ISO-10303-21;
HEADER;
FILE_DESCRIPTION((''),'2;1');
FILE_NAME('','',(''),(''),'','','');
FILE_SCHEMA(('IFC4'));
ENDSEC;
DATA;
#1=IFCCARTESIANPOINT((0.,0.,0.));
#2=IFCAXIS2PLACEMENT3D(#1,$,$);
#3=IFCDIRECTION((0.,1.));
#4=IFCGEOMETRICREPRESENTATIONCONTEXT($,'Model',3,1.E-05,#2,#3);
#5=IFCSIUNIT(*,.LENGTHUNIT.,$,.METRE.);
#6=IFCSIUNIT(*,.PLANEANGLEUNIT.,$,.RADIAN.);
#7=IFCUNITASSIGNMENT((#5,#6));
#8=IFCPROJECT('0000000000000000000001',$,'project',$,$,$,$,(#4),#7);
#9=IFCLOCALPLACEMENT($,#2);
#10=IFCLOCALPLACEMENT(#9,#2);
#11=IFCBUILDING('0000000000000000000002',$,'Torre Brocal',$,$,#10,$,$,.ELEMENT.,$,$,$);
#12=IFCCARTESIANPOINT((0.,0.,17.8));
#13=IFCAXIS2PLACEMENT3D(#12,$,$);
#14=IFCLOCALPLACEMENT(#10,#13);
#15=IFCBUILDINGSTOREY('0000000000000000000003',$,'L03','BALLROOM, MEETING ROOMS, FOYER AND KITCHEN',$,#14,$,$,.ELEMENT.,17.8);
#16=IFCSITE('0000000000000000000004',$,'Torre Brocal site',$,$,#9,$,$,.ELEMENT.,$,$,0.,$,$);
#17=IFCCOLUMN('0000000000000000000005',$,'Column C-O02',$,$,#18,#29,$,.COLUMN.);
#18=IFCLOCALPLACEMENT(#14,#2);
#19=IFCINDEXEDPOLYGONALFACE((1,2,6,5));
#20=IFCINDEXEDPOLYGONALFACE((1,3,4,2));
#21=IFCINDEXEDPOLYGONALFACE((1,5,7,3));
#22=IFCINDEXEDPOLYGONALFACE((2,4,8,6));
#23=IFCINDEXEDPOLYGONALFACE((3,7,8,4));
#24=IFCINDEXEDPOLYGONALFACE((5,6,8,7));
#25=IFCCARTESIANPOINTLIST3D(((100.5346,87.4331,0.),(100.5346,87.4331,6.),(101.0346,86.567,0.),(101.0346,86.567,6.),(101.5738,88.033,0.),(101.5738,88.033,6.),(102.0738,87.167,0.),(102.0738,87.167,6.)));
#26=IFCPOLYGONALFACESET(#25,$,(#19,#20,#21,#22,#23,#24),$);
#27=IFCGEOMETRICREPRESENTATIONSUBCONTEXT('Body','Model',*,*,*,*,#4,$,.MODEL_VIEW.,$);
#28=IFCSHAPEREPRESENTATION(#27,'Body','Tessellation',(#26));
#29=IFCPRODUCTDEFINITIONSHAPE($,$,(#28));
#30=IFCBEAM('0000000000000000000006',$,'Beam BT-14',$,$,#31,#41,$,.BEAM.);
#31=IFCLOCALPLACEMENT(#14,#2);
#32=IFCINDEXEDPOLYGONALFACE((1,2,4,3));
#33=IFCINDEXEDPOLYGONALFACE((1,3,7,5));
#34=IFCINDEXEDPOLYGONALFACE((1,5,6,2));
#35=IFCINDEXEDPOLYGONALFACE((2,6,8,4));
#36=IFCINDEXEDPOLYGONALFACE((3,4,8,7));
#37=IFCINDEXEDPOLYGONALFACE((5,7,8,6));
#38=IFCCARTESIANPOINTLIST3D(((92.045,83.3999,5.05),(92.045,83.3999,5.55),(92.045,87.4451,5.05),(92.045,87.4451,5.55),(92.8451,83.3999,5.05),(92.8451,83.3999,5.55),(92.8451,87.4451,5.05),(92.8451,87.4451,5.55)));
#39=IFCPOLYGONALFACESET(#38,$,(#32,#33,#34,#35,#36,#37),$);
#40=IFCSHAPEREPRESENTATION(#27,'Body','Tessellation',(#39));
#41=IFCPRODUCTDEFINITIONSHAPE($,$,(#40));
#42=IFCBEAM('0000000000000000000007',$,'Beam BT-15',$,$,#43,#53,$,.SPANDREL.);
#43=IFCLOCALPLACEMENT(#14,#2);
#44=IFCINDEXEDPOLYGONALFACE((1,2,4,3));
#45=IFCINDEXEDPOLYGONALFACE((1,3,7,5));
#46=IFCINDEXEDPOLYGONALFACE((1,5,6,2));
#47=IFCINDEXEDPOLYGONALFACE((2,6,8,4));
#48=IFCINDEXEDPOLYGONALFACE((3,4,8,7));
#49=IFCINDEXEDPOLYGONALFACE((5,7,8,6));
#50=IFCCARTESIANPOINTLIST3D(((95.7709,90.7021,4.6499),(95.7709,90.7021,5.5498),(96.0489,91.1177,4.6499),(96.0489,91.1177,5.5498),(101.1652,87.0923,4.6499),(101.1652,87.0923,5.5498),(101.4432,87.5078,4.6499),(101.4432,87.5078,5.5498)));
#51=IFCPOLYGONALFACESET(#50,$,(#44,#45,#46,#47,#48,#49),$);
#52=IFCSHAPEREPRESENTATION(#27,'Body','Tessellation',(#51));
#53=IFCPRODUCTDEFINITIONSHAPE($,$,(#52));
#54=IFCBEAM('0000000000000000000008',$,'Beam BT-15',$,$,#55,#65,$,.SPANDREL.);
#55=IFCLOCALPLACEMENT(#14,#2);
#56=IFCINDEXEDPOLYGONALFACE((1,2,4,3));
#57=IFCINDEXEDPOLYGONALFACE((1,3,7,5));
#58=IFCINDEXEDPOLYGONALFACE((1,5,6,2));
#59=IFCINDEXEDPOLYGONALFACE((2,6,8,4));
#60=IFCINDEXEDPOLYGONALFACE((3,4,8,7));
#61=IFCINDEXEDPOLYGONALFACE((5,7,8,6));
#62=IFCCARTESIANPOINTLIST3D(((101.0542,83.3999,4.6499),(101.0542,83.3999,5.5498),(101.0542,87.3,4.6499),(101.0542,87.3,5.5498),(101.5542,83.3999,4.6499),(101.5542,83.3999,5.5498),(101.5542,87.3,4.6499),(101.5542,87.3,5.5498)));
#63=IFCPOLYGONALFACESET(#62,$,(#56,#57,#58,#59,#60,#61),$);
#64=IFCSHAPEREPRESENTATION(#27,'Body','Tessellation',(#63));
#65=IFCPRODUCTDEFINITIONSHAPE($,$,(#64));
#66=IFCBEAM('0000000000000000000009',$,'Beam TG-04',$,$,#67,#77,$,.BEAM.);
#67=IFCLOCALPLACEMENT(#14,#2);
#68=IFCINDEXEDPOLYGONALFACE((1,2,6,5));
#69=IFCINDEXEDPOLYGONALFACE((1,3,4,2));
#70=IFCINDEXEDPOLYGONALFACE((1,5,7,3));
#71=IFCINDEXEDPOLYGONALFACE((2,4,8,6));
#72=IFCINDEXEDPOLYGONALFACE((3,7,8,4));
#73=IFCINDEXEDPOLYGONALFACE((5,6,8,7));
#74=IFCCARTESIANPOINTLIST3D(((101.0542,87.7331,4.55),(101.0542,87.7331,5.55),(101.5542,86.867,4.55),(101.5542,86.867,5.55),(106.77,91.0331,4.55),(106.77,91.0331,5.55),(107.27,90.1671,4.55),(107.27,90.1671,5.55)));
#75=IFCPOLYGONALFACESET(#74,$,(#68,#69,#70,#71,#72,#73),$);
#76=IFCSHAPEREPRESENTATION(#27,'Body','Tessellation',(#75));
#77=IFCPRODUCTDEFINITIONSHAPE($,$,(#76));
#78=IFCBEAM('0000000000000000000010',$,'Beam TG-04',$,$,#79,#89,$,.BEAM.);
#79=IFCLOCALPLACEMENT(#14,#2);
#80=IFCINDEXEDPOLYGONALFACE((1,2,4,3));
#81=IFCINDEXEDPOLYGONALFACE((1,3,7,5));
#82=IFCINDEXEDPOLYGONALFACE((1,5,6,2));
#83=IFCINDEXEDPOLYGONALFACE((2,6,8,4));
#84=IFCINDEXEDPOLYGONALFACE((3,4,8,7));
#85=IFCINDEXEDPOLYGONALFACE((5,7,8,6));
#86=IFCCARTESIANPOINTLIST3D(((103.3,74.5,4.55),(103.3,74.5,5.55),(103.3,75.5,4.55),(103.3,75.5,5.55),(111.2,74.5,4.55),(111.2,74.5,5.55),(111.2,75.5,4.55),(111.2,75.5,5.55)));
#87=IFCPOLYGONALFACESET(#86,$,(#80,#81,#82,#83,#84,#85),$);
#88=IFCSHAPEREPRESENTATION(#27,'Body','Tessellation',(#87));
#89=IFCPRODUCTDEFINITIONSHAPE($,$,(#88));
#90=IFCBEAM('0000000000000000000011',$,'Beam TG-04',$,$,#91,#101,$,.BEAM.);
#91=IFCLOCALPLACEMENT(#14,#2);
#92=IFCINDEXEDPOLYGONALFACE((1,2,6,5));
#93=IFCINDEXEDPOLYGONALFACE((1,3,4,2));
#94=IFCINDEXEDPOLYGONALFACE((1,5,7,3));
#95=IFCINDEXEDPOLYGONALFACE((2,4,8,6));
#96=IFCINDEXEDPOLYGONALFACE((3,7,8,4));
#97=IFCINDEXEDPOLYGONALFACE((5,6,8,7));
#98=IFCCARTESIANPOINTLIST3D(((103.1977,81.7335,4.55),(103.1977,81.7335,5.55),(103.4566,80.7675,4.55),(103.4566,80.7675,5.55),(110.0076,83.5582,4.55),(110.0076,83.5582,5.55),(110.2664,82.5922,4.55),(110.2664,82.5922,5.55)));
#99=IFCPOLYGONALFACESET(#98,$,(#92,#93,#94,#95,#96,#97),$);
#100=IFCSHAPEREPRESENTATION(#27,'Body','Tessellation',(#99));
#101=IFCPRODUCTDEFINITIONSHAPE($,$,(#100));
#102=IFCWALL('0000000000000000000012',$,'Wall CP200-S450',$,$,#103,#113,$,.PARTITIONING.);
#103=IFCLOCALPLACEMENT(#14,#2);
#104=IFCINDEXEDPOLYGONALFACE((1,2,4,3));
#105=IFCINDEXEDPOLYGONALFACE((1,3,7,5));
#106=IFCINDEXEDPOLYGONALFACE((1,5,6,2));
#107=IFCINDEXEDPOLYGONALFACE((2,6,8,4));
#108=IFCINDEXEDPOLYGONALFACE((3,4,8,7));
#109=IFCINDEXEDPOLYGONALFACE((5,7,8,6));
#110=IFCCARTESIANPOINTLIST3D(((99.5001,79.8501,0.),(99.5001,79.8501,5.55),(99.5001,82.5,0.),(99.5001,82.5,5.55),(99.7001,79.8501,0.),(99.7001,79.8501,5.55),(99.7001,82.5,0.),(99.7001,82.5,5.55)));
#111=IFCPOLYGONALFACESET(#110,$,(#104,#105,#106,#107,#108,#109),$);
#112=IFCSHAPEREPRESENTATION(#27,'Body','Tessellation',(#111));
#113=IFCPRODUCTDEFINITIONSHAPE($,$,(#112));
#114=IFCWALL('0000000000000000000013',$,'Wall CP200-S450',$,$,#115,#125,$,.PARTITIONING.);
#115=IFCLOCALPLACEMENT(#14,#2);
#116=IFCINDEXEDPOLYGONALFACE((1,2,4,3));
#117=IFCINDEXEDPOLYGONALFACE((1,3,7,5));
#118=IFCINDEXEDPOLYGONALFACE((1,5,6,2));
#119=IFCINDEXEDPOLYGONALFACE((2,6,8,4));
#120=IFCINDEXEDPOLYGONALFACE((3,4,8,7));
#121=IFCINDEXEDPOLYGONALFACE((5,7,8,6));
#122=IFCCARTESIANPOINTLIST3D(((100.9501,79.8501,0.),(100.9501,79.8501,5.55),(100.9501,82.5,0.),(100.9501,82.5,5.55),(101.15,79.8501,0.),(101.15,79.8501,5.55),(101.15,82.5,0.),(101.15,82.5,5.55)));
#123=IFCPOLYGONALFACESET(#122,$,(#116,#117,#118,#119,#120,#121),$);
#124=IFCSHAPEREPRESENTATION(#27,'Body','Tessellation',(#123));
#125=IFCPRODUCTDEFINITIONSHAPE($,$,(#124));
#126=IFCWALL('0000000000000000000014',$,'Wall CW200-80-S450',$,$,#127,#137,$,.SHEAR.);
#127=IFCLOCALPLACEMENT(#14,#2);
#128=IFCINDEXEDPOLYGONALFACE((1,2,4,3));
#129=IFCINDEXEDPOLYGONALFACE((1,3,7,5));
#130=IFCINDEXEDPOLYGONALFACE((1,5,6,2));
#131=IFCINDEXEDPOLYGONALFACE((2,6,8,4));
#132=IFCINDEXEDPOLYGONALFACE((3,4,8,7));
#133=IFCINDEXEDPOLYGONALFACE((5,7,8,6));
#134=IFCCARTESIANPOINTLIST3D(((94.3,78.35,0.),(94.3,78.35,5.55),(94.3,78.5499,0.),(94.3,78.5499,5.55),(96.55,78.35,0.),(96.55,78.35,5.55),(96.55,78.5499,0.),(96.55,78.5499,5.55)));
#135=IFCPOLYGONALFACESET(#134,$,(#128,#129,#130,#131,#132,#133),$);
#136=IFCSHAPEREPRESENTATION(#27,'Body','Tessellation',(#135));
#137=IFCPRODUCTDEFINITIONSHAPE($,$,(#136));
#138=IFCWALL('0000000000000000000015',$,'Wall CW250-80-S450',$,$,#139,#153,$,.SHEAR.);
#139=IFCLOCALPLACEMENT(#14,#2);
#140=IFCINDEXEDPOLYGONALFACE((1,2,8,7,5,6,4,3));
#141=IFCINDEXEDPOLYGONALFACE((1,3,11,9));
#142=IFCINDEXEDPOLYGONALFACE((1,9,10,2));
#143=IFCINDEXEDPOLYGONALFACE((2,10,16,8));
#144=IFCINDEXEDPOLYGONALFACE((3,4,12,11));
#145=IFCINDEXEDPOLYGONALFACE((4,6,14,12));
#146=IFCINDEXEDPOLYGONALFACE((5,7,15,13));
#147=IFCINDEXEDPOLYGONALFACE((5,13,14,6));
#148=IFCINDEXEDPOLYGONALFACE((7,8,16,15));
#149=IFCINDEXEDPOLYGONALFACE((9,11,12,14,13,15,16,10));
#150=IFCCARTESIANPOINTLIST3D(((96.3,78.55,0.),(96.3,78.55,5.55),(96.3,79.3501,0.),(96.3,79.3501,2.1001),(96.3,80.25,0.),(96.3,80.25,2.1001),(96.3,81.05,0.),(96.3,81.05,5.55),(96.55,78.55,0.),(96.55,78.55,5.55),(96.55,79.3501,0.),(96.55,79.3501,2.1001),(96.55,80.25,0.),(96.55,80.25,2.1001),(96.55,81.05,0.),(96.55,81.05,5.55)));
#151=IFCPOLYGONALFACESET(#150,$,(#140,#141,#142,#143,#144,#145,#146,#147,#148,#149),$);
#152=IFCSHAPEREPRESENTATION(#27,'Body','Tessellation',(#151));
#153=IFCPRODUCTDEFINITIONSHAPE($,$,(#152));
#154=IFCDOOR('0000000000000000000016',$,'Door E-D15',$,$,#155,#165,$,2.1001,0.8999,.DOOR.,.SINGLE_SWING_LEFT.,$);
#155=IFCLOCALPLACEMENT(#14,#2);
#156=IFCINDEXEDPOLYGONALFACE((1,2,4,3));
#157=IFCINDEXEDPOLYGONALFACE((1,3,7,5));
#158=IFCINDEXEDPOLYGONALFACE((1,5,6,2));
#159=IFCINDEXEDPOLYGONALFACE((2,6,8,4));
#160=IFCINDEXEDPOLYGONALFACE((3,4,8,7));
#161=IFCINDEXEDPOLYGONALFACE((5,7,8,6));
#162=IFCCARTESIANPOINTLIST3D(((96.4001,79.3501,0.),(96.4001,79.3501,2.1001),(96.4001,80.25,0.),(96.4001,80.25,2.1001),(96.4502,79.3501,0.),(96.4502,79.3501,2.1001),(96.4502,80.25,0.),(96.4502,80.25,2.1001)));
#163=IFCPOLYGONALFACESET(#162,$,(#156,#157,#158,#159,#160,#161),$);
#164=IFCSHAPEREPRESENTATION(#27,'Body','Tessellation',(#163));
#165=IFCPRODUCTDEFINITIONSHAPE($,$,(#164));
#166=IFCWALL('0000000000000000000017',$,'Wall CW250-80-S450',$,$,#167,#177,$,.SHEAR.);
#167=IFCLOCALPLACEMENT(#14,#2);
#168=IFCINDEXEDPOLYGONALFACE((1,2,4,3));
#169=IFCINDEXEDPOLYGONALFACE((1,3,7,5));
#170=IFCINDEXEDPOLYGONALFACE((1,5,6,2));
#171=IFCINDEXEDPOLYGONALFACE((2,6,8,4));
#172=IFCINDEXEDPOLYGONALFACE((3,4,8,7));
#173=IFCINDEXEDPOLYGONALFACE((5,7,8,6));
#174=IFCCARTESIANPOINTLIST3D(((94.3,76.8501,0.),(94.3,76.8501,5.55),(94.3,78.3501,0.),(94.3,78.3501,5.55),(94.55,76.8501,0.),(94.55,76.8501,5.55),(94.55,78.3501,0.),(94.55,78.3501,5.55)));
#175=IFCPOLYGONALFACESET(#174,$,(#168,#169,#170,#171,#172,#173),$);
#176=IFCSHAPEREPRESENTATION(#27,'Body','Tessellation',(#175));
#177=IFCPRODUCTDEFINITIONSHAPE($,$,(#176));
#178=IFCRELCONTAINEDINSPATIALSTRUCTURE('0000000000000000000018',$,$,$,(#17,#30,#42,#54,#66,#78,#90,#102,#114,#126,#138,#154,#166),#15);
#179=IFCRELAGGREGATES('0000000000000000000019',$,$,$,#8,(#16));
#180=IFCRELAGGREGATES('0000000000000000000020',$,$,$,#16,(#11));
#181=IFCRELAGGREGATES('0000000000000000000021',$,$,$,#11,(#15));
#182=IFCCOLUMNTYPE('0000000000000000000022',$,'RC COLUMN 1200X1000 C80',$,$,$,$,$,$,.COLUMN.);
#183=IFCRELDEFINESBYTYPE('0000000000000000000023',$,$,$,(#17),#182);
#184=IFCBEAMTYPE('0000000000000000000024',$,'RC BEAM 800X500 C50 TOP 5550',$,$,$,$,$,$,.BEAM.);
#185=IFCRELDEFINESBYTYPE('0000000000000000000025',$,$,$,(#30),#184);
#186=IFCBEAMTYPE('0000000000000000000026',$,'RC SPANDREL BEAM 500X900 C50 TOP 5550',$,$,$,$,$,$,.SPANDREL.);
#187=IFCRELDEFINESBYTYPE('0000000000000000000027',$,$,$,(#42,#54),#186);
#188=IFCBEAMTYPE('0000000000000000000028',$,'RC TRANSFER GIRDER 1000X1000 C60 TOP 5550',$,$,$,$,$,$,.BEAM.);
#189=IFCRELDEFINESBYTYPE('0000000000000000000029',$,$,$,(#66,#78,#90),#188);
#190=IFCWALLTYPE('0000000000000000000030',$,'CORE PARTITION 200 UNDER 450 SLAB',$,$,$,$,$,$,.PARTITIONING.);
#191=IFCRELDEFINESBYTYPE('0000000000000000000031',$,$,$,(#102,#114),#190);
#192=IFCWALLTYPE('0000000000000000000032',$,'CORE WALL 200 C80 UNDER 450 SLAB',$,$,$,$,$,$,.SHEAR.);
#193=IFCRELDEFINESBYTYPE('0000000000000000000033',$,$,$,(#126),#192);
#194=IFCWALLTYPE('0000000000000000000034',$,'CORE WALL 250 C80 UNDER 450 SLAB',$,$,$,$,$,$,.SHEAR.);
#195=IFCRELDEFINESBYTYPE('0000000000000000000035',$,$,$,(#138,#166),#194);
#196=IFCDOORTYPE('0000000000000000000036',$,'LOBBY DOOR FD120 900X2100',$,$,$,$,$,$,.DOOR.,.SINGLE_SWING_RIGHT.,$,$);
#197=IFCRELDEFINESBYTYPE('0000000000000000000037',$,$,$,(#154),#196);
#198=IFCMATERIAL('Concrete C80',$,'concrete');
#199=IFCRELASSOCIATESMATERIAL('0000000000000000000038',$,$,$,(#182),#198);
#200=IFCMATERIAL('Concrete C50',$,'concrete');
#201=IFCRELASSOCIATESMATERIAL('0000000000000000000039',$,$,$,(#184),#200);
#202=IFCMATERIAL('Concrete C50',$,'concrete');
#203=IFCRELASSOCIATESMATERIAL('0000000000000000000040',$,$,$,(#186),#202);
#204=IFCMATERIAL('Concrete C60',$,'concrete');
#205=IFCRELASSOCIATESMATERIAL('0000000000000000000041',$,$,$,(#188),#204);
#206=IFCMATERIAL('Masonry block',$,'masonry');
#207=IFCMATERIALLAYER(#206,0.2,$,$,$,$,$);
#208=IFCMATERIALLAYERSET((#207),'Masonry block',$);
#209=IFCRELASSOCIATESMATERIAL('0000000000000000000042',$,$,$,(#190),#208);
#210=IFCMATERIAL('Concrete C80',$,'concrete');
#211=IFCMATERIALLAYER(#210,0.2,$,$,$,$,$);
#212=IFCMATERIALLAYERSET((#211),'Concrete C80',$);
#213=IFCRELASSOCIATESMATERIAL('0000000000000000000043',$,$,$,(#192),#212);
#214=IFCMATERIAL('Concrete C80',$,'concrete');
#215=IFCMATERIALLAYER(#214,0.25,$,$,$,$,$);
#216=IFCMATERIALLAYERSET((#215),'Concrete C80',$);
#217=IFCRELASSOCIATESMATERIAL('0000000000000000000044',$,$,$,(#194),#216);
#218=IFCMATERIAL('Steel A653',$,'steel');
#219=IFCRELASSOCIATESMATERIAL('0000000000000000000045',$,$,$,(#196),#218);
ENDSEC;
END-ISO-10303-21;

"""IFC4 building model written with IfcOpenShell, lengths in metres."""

from ifc_helpers import new_model, si_unit, direction, frame, frame_2d, origin, origin_2d, place, context, subcontext, project, spatial, rectangle, extrude, material, layer, layer_set, material_profile, profile_set, type_object, element, fill, save


model = new_model("IFC4")

# Units and contexts
model_context = context("Model", 3, precision=1e-05, world=origin(), true_north=direction((0.0, 1.0)))
body_context = subcontext(model_context, "Body", "Model", "MODEL_VIEW")
ifc_project = project(units=[si_unit("LENGTHUNIT", "METRE"), si_unit("PLANEANGLEUNIT", "RADIAN")], contexts=[model_context])

# Site, building, storey
site_placement = place(None, origin())
site = spatial("IfcSite", under=ifc_project, at=site_placement, Name="Torre Brocal site", CompositionType="ELEMENT", RefElevation=0.0)
building_placement = place(site_placement, origin())
building = spatial("IfcBuilding", under=site, at=building_placement, Name="Torre Brocal", CompositionType="ELEMENT")
storey_placement = place(building_placement, frame((0.0, 0.0, 17.8)))
storey = spatial("IfcBuildingStorey", under=building, at=storey_placement, Name="L03", Description="BALLROOM, MEETING ROOMS, FOYER AND KITCHEN", CompositionType="ELEMENT", Elevation=17.8)

# Column
ifc_material_1 = material(Name="Concrete C80", Category="concrete")
ifc_material_profile_1 = material_profile(ifc_material_1, rectangle(XDim=1.2, YDim=1.0, at=origin_2d()), Name="RC 1200X1000")
ifc_profile_set_1 = profile_set([ifc_material_profile_1], Name="Concrete C80")
column_type = type_object("IfcColumnType", Name="RC COLUMN 1200X1000 C80", PredefinedType="COLUMN", material=ifc_profile_set_1)
column_placement = place(storey_placement, frame((101.3042, 87.3, 0.0), z_axis=(0.0, 0.0, 1.0), x_axis=(0.866025, 0.5, 0.0)))
element("IfcColumn", 1, at=column_placement, inside=storey, type_object=column_type, Name="Column C-O02", PredefinedType="COLUMN", context=body_context, shape_type="SweptSolid", body=[
    extrude(rectangle(XDim=1.2, YDim=1.0, at=origin_2d()), origin(), (0.0, 0.0, 1.0), 6.0),
])

# Beams
ifc_material_2 = material(Name="Concrete C50", Category="concrete")
ifc_material_profile_2 = material_profile(ifc_material_2, rectangle(XDim=0.8, YDim=0.5, at=origin_2d()), Name="RC 800X500")
ifc_profile_set_2 = profile_set([ifc_material_profile_2], Name="Concrete C50")
beam_type_1 = type_object("IfcBeamType", Name="RC BEAM 800X500 C50 TOP 5550", PredefinedType="BEAM", material=ifc_profile_set_2)
beam_1_placement = place(storey_placement, frame((92.4451, 87.4451, 5.3), z_axis=(0.0, -1.0, 0.0), x_axis=(1.0, 0.0, 0.0)))
element("IfcBeam", 2, at=beam_1_placement, inside=storey, type_object=beam_type_1, Name="Beam BT-14", PredefinedType="BEAM", context=body_context, shape_type="SweptSolid", body=[
    extrude(rectangle(XDim=0.8, YDim=0.5, at=origin_2d()), origin(), (0.0, 0.0, 1.0), 4.0452),
])
ifc_material_3 = material(Name="Concrete C50", Category="concrete")
ifc_material_profile_3 = material_profile(ifc_material_3, rectangle(XDim=0.5, YDim=0.8999, at=origin_2d()), Name="RC 500X900")
ifc_profile_set_3 = profile_set([ifc_material_profile_3], Name="Concrete C50")
beam_type_2 = type_object("IfcBeamType", Name="RC SPANDREL BEAM 500X900 C50 TOP 5550", PredefinedType="SPANDREL", material=ifc_profile_set_3)
beam_2_placement = place(storey_placement, frame((101.3042, 87.3, 5.0999), z_axis=(-0.831077, 0.556158, 0.0), x_axis=(-0.556158, -0.831077, 0.0)))
element("IfcBeam", 3, at=beam_2_placement, inside=storey, type_object=beam_type_2, Name="Beam BT-15", PredefinedType="SPANDREL", context=body_context, shape_type="SweptSolid", body=[
    extrude(rectangle(XDim=0.5, YDim=0.8999, at=origin_2d()), origin(), (0.0, 0.0, 1.0), 6.4907),
])
beam_3_placement = place(storey_placement, frame((101.3042, 87.3, 5.0999), z_axis=(0.0, -1.0, 0.0), x_axis=(1.0, 0.0, 0.0)))
element("IfcBeam", 4, at=beam_3_placement, inside=storey, type_object=beam_type_2, Name="Beam BT-15", PredefinedType="SPANDREL", context=body_context, shape_type="SweptSolid", body=[
    extrude(rectangle(XDim=0.5, YDim=0.8999, at=origin_2d()), origin(), (0.0, 0.0, 1.0), 3.9001),
])
ifc_material_4 = material(Name="Concrete C60", Category="concrete")
ifc_material_profile_4 = material_profile(ifc_material_4, rectangle(XDim=1.0, YDim=1.0, at=origin_2d()), Name="RC 1000X1000")
ifc_profile_set_4 = profile_set([ifc_material_profile_4], Name="Concrete C60")
beam_type_3 = type_object("IfcBeamType", Name="RC TRANSFER GIRDER 1000X1000 C60 TOP 5550", PredefinedType="BEAM", material=ifc_profile_set_4)
beam_4_placement = place(storey_placement, frame((101.3042, 87.3, 5.05), z_axis=(0.866024, 0.500002, 0.0), x_axis=(-0.500002, 0.866024, 0.0)))
element("IfcBeam", 5, at=beam_4_placement, inside=storey, type_object=beam_type_3, Name="Beam TG-04", PredefinedType="BEAM", context=body_context, shape_type="SweptSolid", body=[
    extrude(rectangle(XDim=1.0, YDim=1.0, at=origin_2d()), origin(), (0.0, 0.0, 1.0), 6.6001),
])
beam_5_placement = place(storey_placement, frame((103.3, 75.0, 5.05), z_axis=(1.0, 0.0, 0.0), x_axis=(0.0, 1.0, 0.0)))
element("IfcBeam", 6, at=beam_5_placement, inside=storey, type_object=beam_type_3, Name="Beam TG-04", PredefinedType="BEAM", context=body_context, shape_type="SweptSolid", body=[
    extrude(rectangle(XDim=1.0, YDim=1.0, at=origin_2d()), origin(), (0.0, 0.0, 1.0), 7.8999),
])
beam_6_placement = place(storey_placement, frame((103.3271, 81.2505, 5.05), z_axis=(0.965925, 0.258822, 0.0), x_axis=(-0.258822, 0.965925, 0.0)))
element("IfcBeam", 7, at=beam_6_placement, inside=storey, type_object=beam_type_3, Name="Beam TG-04", PredefinedType="BEAM", context=body_context, shape_type="SweptSolid", body=[
    extrude(rectangle(XDim=1.0, YDim=1.0, at=origin_2d()), origin(), (0.0, 0.0, 1.0), 7.05),
])

# Walls
ifc_material_5 = material(Name="Masonry block", Category="masonry")
ifc_layer_1 = layer(ifc_material_5, 0.2)
ifc_layer_set_1 = layer_set([ifc_layer_1], Name="Masonry block")
wall_type_1 = type_object("IfcWallType", Name="CORE PARTITION 200 UNDER 450 SLAB", PredefinedType="PARTITIONING", material=ifc_layer_set_1)
for number, where, z_axis, x_axis, name in (
    (8, (99.6001, 79.8501, 0.0), (0.0, 0.0, 1.0), (0.0, 1.0, 0.0), "Wall CP200-S450"),
    (9, (101.05, 79.8501, 0.0), (0.0, 0.0, 1.0), (0.0, 1.0, 0.0), "Wall CP200-S450"),
):
    element("IfcWall", number, at=place(storey_placement, frame(where, z_axis=z_axis, x_axis=x_axis)), inside=storey, type_object=wall_type_1, Name=name, PredefinedType="PARTITIONING", context=body_context, shape_type="SweptSolid", body=[
        extrude(rectangle(XDim=2.6499, YDim=0.2, at=frame_2d((1.325, 0.0))), origin(), (0.0, 0.0, 1.0), 5.55),
    ])
ifc_material_6 = material(Name="Concrete C80", Category="concrete")
ifc_layer_2 = layer(ifc_material_6, 0.2)
ifc_layer_set_2 = layer_set([ifc_layer_2], Name="Concrete C80")
wall_type_2 = type_object("IfcWallType", Name="CORE WALL 200 C80 UNDER 450 SLAB", PredefinedType="SHEAR", material=ifc_layer_set_2)
wall_1_placement = place(storey_placement, frame((94.3, 78.45, 0.0), z_axis=(0.0, 0.0, 1.0), x_axis=(1.0, 0.0, 0.0)))
element("IfcWall", 10, at=wall_1_placement, inside=storey, type_object=wall_type_2, Name="Wall CW200-80-S450", PredefinedType="SHEAR", context=body_context, shape_type="SweptSolid", body=[
    extrude(rectangle(XDim=2.25, YDim=0.2, at=frame_2d((1.125, 0.0))), origin(), (0.0, 0.0, 1.0), 5.55),
])

# Wall, opening, door
ifc_material_7 = material(Name="Concrete C80", Category="concrete")
ifc_layer_3 = layer(ifc_material_7, 0.25)
ifc_layer_set_3 = layer_set([ifc_layer_3], Name="Concrete C80")
wall_type_3 = type_object("IfcWallType", Name="CORE WALL 250 C80 UNDER 450 SLAB", PredefinedType="SHEAR", material=ifc_layer_set_3)
wall_2_placement = place(storey_placement, frame((96.425, 78.55, 0.0), z_axis=(0.0, 0.0, 1.0), x_axis=(0.0, 1.0, 0.0)))
wall_2 = element("IfcWall", 11, at=wall_2_placement, inside=storey, type_object=wall_type_3, Name="Wall CW250-80-S450", PredefinedType="SHEAR", context=body_context, shape_type="SweptSolid", body=[
    extrude(rectangle(XDim=2.5, YDim=0.25, at=frame_2d((1.25, 0.0))), origin(), (0.0, 0.0, 1.0), 5.55),
])
opening_1_placement = place(wall_2_placement, frame((0.8, 0.0, 0.0)))
opening_1 = element("IfcOpeningElement", 12, at=opening_1_placement, cuts=wall_2, PredefinedType="OPENING", context=body_context, shape_type="SweptSolid", body=[
    extrude(rectangle(XDim=0.8999, YDim=2.1001, at=frame_2d((0.45, 1.05))), frame((0.0, 0.135, 0.0), z_axis=(0.0, -1.0, 0.0), x_axis=(1.0, 0.0, 0.0)), (0.0, 0.0, 1.0), 0.27),
])
ifc_material_8 = material(Name="Steel A653", Category="steel")
door_type_1 = type_object("IfcDoorType", Name="LOBBY DOOR FD120 900X2100", OperationType="SINGLE_SWING_RIGHT", PredefinedType="DOOR", material=ifc_material_8)
door_1_placement = place(opening_1_placement, origin())
door_1 = element("IfcDoor", 13, at=door_1_placement, inside=storey, type_object=door_type_1, Name="Door E-D15", OperationType="SINGLE_SWING_LEFT", OverallHeight=2.1001, OverallWidth=0.8999, PredefinedType="DOOR", context=body_context, shape_type="SweptSolid", body=[
    extrude(rectangle(XDim=0.8999, YDim=2.1001, at=frame_2d((0.45, 1.05))), frame((0.0, 0.0249, 0.0), z_axis=(0.0, -1.0, 0.0), x_axis=(1.0, 0.0, 0.0)), (0.0, 0.0, 1.0), 0.05),
])
fill(opening_1, door_1)

# Wall
wall_3_placement = place(storey_placement, frame((94.425, 76.8501, 0.0), z_axis=(0.0, 0.0, 1.0), x_axis=(0.0, 1.0, 0.0)))
element("IfcWall", 14, at=wall_3_placement, inside=storey, type_object=wall_type_3, Name="Wall CW250-80-S450", PredefinedType="SHEAR", context=body_context, shape_type="SweptSolid", body=[
    extrude(rectangle(XDim=1.5, YDim=0.25, at=frame_2d((0.75, 0.0))), origin(), (0.0, 0.0, 1.0), 5.55),
])

save(model, "model.ifc")
